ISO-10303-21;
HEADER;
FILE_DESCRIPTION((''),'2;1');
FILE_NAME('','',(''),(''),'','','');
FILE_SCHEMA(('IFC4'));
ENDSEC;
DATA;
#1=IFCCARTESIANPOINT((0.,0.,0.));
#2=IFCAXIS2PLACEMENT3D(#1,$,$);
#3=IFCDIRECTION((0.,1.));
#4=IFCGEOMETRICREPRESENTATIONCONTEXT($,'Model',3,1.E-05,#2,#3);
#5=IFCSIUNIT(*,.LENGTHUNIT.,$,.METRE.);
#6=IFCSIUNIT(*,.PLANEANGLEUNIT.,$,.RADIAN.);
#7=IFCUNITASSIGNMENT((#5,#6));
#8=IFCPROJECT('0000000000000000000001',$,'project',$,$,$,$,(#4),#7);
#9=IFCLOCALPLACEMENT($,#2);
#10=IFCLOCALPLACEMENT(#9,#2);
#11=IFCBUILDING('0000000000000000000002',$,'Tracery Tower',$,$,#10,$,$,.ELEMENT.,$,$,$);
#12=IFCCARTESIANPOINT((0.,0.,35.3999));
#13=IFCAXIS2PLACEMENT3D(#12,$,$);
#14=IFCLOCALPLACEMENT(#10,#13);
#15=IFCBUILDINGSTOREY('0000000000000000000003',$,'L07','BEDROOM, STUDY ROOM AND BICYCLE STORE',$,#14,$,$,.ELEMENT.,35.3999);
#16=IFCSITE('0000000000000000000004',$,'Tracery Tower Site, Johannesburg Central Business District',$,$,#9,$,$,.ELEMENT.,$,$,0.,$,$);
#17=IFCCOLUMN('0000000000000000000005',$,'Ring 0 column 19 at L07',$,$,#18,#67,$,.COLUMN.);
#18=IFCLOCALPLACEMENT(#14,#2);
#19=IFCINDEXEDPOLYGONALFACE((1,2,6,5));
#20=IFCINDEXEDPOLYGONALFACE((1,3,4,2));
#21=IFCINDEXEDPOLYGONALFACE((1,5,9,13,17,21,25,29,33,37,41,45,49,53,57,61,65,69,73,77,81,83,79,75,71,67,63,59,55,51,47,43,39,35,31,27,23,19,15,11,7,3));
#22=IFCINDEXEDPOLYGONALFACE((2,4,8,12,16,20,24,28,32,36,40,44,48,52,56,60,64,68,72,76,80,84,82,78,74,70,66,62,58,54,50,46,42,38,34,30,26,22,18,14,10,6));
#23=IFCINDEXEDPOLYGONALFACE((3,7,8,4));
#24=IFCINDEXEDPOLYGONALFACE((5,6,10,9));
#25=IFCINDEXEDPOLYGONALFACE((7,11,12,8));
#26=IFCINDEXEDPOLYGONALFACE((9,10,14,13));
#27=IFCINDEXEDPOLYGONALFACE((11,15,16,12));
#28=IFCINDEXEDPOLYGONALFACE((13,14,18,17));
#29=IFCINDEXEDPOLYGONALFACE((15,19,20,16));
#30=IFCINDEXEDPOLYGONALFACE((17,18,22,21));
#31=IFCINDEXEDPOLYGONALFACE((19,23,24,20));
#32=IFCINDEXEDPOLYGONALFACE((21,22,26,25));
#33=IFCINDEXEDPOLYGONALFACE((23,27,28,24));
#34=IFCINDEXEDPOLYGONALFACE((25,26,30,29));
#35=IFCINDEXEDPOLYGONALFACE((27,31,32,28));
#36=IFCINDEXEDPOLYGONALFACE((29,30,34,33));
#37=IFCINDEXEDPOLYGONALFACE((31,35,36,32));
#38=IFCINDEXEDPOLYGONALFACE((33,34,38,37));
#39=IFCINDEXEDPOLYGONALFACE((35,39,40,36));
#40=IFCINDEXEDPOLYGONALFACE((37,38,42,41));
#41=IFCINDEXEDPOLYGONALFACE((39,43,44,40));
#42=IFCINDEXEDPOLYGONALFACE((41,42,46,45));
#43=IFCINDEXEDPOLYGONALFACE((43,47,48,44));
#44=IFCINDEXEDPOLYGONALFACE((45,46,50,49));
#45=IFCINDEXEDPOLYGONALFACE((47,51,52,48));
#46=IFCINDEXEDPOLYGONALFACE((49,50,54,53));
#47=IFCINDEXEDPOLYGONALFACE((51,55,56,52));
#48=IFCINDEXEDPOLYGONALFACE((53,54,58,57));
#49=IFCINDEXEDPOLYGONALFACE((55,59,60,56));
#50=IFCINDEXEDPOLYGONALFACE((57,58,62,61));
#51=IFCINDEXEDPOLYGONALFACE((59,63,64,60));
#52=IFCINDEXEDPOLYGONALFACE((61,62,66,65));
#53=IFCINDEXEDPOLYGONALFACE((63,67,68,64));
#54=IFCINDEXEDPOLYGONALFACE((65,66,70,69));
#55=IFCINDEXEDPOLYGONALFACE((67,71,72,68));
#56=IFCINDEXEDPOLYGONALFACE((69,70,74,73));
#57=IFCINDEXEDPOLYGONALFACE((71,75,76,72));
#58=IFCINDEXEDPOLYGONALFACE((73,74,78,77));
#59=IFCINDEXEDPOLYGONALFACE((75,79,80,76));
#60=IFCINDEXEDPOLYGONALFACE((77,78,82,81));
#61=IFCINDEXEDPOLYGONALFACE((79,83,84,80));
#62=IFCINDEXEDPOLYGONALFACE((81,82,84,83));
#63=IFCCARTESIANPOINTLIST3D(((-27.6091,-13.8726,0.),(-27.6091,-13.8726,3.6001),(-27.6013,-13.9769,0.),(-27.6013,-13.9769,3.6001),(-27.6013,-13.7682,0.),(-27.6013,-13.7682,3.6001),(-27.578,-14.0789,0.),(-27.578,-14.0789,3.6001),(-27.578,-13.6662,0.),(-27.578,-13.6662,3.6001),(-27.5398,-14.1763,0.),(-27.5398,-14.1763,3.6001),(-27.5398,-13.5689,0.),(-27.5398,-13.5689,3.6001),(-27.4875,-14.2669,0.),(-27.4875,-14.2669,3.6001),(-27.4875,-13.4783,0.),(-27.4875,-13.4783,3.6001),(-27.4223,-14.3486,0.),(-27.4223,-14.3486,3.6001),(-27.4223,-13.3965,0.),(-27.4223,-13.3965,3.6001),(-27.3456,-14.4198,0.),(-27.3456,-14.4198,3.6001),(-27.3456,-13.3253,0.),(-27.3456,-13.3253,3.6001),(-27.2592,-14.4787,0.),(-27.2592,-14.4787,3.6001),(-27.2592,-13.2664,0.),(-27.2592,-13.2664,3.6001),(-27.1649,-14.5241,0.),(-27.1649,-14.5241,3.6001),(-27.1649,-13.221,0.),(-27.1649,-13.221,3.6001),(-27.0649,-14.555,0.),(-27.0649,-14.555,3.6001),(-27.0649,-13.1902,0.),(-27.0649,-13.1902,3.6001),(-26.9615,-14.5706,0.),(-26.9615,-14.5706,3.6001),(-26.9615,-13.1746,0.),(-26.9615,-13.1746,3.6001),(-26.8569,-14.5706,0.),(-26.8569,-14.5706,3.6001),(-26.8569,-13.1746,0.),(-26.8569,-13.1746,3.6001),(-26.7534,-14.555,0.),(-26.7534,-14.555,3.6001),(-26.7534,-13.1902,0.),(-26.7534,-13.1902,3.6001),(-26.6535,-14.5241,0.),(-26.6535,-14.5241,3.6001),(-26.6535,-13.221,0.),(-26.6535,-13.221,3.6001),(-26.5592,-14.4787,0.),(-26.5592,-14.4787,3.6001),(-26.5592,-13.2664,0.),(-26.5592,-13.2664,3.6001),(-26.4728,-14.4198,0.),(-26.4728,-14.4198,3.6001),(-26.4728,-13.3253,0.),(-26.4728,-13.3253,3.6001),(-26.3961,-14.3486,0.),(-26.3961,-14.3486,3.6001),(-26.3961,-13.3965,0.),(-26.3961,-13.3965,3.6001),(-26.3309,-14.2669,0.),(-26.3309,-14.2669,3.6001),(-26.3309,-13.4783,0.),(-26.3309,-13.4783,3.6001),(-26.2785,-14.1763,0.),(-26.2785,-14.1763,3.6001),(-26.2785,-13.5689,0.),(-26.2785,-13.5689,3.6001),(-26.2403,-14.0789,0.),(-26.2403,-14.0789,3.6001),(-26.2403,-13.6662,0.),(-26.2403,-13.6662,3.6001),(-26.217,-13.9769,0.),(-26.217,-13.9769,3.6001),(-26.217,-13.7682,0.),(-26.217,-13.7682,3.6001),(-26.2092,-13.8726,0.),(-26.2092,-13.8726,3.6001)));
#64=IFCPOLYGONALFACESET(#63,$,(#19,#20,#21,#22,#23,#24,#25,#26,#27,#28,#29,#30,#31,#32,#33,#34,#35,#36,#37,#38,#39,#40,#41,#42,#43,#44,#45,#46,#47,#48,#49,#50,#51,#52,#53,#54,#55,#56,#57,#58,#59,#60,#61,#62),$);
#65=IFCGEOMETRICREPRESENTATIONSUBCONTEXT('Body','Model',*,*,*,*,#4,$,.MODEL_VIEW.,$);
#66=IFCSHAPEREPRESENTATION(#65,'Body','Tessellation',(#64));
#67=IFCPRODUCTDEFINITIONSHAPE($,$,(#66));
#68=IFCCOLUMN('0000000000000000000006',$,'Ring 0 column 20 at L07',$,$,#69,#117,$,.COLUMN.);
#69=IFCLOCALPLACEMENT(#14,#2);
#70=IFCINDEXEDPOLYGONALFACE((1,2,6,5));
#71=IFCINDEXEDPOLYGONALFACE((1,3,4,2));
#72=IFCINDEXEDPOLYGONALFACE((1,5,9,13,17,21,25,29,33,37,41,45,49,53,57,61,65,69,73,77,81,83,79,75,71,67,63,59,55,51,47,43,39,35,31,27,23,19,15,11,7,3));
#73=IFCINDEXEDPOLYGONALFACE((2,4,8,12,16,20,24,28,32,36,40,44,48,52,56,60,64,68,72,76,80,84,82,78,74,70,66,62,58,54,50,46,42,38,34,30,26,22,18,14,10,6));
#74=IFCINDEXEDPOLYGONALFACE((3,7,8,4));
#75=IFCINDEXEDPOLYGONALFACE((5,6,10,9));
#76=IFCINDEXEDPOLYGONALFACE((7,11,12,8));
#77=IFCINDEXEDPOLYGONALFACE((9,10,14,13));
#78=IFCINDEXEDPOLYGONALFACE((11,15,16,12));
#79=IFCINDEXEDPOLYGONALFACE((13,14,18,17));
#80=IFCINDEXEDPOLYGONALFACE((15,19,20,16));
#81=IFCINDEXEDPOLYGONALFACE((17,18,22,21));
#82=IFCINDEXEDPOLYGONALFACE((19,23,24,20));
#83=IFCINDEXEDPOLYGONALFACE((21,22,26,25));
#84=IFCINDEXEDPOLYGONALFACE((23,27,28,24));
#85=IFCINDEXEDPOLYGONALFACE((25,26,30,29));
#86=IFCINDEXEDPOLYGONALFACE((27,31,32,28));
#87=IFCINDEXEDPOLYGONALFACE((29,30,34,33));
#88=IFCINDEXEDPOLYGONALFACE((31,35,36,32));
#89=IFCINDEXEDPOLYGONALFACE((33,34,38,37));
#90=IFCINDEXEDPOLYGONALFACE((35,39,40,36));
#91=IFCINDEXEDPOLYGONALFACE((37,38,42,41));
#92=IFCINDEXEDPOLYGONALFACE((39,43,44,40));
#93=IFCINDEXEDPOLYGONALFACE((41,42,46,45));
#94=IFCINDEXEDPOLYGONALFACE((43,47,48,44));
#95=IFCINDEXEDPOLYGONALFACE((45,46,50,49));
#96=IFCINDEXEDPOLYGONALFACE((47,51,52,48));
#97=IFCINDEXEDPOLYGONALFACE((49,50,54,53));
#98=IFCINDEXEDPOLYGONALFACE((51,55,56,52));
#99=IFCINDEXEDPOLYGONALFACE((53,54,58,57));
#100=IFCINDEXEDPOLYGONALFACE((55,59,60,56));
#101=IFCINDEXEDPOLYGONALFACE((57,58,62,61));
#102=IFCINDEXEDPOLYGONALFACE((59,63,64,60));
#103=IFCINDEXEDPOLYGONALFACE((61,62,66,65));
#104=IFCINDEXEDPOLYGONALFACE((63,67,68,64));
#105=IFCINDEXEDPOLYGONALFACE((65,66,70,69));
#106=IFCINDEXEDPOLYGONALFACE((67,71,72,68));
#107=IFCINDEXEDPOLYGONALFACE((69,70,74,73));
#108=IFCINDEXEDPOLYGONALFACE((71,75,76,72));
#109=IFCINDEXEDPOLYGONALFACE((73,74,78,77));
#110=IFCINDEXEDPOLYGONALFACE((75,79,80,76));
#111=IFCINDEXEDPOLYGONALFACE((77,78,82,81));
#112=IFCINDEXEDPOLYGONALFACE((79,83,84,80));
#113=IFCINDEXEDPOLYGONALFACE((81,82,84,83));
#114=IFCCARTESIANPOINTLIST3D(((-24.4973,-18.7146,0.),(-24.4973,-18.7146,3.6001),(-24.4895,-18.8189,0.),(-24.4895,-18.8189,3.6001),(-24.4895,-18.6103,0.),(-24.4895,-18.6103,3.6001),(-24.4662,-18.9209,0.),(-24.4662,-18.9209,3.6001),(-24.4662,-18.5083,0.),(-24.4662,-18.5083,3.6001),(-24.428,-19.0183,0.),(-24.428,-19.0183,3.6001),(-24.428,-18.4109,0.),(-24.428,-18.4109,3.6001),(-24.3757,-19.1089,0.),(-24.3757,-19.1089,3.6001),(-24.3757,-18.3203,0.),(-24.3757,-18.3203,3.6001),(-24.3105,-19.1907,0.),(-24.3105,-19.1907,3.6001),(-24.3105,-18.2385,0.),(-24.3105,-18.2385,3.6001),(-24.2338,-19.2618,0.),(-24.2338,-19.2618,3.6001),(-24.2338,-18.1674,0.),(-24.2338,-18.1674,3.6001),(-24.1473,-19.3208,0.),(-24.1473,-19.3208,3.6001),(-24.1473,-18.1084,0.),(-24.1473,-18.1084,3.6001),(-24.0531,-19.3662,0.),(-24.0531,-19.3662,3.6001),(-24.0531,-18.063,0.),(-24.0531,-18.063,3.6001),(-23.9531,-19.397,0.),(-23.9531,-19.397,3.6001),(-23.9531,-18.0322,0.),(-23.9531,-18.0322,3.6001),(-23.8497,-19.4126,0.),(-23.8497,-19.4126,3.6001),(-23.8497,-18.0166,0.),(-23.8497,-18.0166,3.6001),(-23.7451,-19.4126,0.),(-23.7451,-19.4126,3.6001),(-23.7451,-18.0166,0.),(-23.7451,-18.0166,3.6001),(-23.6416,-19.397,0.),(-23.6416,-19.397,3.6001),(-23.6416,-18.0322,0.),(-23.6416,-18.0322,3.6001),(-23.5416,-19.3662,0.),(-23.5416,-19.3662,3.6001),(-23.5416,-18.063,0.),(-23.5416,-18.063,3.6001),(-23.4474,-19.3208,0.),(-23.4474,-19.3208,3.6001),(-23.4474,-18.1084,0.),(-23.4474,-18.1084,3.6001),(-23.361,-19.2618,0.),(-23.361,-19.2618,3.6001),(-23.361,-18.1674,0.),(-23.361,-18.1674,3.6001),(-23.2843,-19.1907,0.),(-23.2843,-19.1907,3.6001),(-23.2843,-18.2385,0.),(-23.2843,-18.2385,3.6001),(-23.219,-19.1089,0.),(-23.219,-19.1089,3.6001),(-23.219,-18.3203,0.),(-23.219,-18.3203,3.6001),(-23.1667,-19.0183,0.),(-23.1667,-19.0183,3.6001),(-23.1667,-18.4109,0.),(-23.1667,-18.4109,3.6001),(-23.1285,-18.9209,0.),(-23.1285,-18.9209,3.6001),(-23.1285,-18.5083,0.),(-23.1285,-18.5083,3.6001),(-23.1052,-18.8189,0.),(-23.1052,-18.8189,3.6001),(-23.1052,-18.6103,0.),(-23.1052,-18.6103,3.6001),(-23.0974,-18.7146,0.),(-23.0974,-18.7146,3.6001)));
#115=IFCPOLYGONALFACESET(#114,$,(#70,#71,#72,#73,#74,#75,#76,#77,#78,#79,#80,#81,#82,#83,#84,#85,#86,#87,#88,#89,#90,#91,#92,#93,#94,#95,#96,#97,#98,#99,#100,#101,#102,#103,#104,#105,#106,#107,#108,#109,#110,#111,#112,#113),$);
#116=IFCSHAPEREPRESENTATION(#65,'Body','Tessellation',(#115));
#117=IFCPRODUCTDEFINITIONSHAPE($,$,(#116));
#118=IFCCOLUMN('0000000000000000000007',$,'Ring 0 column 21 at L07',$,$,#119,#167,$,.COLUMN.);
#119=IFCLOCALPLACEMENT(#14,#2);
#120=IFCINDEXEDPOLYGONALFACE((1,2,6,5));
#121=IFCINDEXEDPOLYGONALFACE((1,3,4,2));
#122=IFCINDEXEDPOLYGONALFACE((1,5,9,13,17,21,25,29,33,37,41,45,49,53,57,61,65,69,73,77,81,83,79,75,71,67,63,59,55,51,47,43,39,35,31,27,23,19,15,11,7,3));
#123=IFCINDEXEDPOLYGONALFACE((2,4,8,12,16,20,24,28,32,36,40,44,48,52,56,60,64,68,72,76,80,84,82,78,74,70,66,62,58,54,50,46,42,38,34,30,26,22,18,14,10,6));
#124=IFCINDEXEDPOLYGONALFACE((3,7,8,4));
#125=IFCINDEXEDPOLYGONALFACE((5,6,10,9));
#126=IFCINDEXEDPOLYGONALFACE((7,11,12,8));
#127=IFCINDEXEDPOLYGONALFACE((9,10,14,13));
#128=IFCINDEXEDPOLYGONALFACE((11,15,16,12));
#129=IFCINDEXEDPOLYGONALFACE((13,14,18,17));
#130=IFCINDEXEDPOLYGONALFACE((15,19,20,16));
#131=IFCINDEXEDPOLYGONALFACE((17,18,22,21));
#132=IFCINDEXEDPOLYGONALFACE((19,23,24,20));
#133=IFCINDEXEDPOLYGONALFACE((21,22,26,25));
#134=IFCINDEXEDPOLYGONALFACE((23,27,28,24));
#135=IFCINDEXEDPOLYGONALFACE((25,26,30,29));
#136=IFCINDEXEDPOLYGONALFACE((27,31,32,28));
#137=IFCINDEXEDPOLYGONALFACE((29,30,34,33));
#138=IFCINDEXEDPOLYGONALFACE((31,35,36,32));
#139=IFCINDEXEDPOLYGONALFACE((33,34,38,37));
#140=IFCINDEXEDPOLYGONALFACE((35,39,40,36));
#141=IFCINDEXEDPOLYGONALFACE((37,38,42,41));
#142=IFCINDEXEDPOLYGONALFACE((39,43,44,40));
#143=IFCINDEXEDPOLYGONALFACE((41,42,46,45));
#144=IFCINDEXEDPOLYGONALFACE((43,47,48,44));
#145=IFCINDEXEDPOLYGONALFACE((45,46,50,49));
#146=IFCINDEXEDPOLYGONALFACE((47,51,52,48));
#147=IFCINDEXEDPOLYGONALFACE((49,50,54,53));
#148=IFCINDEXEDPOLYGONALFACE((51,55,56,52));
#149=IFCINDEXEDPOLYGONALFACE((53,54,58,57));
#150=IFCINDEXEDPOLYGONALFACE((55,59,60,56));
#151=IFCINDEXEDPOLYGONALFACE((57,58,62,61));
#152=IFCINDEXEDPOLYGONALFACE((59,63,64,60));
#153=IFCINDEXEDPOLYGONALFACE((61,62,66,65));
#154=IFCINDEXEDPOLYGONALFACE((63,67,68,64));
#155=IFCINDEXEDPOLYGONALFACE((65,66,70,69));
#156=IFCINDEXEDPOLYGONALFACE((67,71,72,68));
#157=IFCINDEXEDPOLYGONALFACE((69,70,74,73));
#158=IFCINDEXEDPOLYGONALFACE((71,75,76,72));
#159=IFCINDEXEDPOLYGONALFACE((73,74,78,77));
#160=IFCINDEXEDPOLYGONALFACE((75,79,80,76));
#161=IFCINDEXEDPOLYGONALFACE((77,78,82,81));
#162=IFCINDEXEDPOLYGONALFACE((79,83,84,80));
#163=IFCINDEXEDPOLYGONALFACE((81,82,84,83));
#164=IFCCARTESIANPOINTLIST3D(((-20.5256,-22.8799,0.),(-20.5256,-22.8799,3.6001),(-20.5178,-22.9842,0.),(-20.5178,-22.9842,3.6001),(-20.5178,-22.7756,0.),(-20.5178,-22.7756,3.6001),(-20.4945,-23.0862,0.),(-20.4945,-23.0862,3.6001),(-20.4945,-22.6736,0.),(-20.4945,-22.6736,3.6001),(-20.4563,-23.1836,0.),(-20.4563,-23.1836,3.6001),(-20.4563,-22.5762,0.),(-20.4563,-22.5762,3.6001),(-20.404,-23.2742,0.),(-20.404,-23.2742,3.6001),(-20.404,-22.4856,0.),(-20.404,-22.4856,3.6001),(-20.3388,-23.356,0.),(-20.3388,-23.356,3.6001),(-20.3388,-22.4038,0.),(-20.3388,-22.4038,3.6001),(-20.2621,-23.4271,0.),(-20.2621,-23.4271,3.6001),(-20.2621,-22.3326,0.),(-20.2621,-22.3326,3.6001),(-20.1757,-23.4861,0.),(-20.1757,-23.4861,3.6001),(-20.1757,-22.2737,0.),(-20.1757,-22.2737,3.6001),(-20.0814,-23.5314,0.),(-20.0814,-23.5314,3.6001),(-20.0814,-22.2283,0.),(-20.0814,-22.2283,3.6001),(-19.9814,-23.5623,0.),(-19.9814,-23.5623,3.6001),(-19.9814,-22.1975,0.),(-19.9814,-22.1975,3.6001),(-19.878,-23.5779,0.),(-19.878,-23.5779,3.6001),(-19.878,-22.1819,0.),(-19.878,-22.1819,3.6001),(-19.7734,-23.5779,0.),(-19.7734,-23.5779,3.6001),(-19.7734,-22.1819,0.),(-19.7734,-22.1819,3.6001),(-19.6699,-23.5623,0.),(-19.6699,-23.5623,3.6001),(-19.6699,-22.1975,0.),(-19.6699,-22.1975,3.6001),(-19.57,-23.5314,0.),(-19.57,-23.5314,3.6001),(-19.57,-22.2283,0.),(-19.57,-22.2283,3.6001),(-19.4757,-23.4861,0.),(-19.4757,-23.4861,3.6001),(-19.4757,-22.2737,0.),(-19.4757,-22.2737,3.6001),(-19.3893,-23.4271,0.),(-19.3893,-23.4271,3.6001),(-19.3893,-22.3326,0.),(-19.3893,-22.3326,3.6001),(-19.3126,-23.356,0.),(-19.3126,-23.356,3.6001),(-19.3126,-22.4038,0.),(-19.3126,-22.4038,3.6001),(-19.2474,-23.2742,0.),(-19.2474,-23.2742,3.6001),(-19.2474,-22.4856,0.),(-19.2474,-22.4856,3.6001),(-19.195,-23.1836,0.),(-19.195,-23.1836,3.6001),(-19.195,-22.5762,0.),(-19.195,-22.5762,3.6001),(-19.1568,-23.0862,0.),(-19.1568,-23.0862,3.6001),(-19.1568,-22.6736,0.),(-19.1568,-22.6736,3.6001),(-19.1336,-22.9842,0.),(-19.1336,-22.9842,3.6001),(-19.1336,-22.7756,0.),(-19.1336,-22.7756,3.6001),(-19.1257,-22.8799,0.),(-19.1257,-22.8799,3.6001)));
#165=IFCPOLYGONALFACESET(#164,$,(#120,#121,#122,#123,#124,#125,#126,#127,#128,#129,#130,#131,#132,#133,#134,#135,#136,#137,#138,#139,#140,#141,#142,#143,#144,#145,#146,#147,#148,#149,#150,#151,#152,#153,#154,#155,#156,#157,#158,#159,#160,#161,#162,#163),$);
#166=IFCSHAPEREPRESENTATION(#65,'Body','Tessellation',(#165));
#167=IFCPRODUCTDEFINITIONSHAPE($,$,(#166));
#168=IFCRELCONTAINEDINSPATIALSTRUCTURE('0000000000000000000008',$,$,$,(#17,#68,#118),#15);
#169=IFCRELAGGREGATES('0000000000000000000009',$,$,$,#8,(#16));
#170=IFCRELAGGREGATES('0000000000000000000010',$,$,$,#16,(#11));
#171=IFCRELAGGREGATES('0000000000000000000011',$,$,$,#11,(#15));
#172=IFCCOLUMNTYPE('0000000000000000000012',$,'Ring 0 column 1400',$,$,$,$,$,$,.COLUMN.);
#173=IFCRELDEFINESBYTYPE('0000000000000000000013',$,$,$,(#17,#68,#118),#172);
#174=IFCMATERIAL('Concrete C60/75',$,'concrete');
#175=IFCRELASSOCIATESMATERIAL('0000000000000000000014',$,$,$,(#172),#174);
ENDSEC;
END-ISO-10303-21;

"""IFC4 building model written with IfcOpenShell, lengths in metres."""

from ifc_helpers import new_model, si_unit, direction, frame, origin, origin_2d, place, context, subcontext, project, spatial, circle, extrude, material, material_profile, profile_set, type_object, element, save


model = new_model("IFC4")

# Units and contexts
model_context = context("Model", 3, precision=1e-05, world=origin(), true_north=direction((0.0, 1.0)))
body_context = subcontext(model_context, "Body", "Model", "MODEL_VIEW")
ifc_project = project(units=[si_unit("LENGTHUNIT", "METRE"), si_unit("PLANEANGLEUNIT", "RADIAN")], contexts=[model_context])

# Site, building, storey
site_placement = place(None, origin())
site = spatial("IfcSite", under=ifc_project, at=site_placement, Name="Tracery Tower Site, Johannesburg Central Business District", CompositionType="ELEMENT", RefElevation=0.0)
building_placement = place(site_placement, origin())
building = spatial("IfcBuilding", under=site, at=building_placement, Name="Tracery Tower", CompositionType="ELEMENT")
storey_placement = place(building_placement, frame((0.0, 0.0, 35.3999)))
storey = spatial("IfcBuildingStorey", under=building, at=storey_placement, Name="L07", Description="BEDROOM, STUDY ROOM AND BICYCLE STORE", CompositionType="ELEMENT", Elevation=35.3999)

# Columns
ifc_material_1 = material(Name="Concrete C60/75", Category="concrete")
ifc_material_profile_1 = material_profile(ifc_material_1, circle(Radius=0.7, at=origin_2d()), Name="RC D1400")
ifc_profile_set_1 = profile_set([ifc_material_profile_1], Name="Concrete C60/75")
column_type_1 = type_object("IfcColumnType", Name="Ring 0 column 1400", PredefinedType="COLUMN", material=ifc_profile_set_1)
for number, where, z_axis, x_axis, name in (
    (1, (-26.9092, -13.8726, 0.0), (0.0, 0.0, 1.0), (1.0, 0.0, 0.0), "Ring 0 column 19 at L07"),
    (2, (-23.7974, -18.7146, 0.0), (0.0, 0.0, 1.0), (1.0, 0.0, 0.0), "Ring 0 column 20 at L07"),
    (3, (-19.8257, -22.8799, 0.0), (0.0, 0.0, 1.0), (1.0, 0.0, 0.0), "Ring 0 column 21 at L07"),
):
    element("IfcColumn", number, at=place(storey_placement, frame(where, z_axis=z_axis, x_axis=x_axis)), inside=storey, type_object=column_type_1, Name=name, PredefinedType="COLUMN", context=body_context, shape_type="SweptSolid", body=[
        extrude(circle(Radius=0.7, at=origin_2d()), origin(), (0.0, 0.0, 1.0), 3.6001),
    ])

save(model, "model.ifc")
